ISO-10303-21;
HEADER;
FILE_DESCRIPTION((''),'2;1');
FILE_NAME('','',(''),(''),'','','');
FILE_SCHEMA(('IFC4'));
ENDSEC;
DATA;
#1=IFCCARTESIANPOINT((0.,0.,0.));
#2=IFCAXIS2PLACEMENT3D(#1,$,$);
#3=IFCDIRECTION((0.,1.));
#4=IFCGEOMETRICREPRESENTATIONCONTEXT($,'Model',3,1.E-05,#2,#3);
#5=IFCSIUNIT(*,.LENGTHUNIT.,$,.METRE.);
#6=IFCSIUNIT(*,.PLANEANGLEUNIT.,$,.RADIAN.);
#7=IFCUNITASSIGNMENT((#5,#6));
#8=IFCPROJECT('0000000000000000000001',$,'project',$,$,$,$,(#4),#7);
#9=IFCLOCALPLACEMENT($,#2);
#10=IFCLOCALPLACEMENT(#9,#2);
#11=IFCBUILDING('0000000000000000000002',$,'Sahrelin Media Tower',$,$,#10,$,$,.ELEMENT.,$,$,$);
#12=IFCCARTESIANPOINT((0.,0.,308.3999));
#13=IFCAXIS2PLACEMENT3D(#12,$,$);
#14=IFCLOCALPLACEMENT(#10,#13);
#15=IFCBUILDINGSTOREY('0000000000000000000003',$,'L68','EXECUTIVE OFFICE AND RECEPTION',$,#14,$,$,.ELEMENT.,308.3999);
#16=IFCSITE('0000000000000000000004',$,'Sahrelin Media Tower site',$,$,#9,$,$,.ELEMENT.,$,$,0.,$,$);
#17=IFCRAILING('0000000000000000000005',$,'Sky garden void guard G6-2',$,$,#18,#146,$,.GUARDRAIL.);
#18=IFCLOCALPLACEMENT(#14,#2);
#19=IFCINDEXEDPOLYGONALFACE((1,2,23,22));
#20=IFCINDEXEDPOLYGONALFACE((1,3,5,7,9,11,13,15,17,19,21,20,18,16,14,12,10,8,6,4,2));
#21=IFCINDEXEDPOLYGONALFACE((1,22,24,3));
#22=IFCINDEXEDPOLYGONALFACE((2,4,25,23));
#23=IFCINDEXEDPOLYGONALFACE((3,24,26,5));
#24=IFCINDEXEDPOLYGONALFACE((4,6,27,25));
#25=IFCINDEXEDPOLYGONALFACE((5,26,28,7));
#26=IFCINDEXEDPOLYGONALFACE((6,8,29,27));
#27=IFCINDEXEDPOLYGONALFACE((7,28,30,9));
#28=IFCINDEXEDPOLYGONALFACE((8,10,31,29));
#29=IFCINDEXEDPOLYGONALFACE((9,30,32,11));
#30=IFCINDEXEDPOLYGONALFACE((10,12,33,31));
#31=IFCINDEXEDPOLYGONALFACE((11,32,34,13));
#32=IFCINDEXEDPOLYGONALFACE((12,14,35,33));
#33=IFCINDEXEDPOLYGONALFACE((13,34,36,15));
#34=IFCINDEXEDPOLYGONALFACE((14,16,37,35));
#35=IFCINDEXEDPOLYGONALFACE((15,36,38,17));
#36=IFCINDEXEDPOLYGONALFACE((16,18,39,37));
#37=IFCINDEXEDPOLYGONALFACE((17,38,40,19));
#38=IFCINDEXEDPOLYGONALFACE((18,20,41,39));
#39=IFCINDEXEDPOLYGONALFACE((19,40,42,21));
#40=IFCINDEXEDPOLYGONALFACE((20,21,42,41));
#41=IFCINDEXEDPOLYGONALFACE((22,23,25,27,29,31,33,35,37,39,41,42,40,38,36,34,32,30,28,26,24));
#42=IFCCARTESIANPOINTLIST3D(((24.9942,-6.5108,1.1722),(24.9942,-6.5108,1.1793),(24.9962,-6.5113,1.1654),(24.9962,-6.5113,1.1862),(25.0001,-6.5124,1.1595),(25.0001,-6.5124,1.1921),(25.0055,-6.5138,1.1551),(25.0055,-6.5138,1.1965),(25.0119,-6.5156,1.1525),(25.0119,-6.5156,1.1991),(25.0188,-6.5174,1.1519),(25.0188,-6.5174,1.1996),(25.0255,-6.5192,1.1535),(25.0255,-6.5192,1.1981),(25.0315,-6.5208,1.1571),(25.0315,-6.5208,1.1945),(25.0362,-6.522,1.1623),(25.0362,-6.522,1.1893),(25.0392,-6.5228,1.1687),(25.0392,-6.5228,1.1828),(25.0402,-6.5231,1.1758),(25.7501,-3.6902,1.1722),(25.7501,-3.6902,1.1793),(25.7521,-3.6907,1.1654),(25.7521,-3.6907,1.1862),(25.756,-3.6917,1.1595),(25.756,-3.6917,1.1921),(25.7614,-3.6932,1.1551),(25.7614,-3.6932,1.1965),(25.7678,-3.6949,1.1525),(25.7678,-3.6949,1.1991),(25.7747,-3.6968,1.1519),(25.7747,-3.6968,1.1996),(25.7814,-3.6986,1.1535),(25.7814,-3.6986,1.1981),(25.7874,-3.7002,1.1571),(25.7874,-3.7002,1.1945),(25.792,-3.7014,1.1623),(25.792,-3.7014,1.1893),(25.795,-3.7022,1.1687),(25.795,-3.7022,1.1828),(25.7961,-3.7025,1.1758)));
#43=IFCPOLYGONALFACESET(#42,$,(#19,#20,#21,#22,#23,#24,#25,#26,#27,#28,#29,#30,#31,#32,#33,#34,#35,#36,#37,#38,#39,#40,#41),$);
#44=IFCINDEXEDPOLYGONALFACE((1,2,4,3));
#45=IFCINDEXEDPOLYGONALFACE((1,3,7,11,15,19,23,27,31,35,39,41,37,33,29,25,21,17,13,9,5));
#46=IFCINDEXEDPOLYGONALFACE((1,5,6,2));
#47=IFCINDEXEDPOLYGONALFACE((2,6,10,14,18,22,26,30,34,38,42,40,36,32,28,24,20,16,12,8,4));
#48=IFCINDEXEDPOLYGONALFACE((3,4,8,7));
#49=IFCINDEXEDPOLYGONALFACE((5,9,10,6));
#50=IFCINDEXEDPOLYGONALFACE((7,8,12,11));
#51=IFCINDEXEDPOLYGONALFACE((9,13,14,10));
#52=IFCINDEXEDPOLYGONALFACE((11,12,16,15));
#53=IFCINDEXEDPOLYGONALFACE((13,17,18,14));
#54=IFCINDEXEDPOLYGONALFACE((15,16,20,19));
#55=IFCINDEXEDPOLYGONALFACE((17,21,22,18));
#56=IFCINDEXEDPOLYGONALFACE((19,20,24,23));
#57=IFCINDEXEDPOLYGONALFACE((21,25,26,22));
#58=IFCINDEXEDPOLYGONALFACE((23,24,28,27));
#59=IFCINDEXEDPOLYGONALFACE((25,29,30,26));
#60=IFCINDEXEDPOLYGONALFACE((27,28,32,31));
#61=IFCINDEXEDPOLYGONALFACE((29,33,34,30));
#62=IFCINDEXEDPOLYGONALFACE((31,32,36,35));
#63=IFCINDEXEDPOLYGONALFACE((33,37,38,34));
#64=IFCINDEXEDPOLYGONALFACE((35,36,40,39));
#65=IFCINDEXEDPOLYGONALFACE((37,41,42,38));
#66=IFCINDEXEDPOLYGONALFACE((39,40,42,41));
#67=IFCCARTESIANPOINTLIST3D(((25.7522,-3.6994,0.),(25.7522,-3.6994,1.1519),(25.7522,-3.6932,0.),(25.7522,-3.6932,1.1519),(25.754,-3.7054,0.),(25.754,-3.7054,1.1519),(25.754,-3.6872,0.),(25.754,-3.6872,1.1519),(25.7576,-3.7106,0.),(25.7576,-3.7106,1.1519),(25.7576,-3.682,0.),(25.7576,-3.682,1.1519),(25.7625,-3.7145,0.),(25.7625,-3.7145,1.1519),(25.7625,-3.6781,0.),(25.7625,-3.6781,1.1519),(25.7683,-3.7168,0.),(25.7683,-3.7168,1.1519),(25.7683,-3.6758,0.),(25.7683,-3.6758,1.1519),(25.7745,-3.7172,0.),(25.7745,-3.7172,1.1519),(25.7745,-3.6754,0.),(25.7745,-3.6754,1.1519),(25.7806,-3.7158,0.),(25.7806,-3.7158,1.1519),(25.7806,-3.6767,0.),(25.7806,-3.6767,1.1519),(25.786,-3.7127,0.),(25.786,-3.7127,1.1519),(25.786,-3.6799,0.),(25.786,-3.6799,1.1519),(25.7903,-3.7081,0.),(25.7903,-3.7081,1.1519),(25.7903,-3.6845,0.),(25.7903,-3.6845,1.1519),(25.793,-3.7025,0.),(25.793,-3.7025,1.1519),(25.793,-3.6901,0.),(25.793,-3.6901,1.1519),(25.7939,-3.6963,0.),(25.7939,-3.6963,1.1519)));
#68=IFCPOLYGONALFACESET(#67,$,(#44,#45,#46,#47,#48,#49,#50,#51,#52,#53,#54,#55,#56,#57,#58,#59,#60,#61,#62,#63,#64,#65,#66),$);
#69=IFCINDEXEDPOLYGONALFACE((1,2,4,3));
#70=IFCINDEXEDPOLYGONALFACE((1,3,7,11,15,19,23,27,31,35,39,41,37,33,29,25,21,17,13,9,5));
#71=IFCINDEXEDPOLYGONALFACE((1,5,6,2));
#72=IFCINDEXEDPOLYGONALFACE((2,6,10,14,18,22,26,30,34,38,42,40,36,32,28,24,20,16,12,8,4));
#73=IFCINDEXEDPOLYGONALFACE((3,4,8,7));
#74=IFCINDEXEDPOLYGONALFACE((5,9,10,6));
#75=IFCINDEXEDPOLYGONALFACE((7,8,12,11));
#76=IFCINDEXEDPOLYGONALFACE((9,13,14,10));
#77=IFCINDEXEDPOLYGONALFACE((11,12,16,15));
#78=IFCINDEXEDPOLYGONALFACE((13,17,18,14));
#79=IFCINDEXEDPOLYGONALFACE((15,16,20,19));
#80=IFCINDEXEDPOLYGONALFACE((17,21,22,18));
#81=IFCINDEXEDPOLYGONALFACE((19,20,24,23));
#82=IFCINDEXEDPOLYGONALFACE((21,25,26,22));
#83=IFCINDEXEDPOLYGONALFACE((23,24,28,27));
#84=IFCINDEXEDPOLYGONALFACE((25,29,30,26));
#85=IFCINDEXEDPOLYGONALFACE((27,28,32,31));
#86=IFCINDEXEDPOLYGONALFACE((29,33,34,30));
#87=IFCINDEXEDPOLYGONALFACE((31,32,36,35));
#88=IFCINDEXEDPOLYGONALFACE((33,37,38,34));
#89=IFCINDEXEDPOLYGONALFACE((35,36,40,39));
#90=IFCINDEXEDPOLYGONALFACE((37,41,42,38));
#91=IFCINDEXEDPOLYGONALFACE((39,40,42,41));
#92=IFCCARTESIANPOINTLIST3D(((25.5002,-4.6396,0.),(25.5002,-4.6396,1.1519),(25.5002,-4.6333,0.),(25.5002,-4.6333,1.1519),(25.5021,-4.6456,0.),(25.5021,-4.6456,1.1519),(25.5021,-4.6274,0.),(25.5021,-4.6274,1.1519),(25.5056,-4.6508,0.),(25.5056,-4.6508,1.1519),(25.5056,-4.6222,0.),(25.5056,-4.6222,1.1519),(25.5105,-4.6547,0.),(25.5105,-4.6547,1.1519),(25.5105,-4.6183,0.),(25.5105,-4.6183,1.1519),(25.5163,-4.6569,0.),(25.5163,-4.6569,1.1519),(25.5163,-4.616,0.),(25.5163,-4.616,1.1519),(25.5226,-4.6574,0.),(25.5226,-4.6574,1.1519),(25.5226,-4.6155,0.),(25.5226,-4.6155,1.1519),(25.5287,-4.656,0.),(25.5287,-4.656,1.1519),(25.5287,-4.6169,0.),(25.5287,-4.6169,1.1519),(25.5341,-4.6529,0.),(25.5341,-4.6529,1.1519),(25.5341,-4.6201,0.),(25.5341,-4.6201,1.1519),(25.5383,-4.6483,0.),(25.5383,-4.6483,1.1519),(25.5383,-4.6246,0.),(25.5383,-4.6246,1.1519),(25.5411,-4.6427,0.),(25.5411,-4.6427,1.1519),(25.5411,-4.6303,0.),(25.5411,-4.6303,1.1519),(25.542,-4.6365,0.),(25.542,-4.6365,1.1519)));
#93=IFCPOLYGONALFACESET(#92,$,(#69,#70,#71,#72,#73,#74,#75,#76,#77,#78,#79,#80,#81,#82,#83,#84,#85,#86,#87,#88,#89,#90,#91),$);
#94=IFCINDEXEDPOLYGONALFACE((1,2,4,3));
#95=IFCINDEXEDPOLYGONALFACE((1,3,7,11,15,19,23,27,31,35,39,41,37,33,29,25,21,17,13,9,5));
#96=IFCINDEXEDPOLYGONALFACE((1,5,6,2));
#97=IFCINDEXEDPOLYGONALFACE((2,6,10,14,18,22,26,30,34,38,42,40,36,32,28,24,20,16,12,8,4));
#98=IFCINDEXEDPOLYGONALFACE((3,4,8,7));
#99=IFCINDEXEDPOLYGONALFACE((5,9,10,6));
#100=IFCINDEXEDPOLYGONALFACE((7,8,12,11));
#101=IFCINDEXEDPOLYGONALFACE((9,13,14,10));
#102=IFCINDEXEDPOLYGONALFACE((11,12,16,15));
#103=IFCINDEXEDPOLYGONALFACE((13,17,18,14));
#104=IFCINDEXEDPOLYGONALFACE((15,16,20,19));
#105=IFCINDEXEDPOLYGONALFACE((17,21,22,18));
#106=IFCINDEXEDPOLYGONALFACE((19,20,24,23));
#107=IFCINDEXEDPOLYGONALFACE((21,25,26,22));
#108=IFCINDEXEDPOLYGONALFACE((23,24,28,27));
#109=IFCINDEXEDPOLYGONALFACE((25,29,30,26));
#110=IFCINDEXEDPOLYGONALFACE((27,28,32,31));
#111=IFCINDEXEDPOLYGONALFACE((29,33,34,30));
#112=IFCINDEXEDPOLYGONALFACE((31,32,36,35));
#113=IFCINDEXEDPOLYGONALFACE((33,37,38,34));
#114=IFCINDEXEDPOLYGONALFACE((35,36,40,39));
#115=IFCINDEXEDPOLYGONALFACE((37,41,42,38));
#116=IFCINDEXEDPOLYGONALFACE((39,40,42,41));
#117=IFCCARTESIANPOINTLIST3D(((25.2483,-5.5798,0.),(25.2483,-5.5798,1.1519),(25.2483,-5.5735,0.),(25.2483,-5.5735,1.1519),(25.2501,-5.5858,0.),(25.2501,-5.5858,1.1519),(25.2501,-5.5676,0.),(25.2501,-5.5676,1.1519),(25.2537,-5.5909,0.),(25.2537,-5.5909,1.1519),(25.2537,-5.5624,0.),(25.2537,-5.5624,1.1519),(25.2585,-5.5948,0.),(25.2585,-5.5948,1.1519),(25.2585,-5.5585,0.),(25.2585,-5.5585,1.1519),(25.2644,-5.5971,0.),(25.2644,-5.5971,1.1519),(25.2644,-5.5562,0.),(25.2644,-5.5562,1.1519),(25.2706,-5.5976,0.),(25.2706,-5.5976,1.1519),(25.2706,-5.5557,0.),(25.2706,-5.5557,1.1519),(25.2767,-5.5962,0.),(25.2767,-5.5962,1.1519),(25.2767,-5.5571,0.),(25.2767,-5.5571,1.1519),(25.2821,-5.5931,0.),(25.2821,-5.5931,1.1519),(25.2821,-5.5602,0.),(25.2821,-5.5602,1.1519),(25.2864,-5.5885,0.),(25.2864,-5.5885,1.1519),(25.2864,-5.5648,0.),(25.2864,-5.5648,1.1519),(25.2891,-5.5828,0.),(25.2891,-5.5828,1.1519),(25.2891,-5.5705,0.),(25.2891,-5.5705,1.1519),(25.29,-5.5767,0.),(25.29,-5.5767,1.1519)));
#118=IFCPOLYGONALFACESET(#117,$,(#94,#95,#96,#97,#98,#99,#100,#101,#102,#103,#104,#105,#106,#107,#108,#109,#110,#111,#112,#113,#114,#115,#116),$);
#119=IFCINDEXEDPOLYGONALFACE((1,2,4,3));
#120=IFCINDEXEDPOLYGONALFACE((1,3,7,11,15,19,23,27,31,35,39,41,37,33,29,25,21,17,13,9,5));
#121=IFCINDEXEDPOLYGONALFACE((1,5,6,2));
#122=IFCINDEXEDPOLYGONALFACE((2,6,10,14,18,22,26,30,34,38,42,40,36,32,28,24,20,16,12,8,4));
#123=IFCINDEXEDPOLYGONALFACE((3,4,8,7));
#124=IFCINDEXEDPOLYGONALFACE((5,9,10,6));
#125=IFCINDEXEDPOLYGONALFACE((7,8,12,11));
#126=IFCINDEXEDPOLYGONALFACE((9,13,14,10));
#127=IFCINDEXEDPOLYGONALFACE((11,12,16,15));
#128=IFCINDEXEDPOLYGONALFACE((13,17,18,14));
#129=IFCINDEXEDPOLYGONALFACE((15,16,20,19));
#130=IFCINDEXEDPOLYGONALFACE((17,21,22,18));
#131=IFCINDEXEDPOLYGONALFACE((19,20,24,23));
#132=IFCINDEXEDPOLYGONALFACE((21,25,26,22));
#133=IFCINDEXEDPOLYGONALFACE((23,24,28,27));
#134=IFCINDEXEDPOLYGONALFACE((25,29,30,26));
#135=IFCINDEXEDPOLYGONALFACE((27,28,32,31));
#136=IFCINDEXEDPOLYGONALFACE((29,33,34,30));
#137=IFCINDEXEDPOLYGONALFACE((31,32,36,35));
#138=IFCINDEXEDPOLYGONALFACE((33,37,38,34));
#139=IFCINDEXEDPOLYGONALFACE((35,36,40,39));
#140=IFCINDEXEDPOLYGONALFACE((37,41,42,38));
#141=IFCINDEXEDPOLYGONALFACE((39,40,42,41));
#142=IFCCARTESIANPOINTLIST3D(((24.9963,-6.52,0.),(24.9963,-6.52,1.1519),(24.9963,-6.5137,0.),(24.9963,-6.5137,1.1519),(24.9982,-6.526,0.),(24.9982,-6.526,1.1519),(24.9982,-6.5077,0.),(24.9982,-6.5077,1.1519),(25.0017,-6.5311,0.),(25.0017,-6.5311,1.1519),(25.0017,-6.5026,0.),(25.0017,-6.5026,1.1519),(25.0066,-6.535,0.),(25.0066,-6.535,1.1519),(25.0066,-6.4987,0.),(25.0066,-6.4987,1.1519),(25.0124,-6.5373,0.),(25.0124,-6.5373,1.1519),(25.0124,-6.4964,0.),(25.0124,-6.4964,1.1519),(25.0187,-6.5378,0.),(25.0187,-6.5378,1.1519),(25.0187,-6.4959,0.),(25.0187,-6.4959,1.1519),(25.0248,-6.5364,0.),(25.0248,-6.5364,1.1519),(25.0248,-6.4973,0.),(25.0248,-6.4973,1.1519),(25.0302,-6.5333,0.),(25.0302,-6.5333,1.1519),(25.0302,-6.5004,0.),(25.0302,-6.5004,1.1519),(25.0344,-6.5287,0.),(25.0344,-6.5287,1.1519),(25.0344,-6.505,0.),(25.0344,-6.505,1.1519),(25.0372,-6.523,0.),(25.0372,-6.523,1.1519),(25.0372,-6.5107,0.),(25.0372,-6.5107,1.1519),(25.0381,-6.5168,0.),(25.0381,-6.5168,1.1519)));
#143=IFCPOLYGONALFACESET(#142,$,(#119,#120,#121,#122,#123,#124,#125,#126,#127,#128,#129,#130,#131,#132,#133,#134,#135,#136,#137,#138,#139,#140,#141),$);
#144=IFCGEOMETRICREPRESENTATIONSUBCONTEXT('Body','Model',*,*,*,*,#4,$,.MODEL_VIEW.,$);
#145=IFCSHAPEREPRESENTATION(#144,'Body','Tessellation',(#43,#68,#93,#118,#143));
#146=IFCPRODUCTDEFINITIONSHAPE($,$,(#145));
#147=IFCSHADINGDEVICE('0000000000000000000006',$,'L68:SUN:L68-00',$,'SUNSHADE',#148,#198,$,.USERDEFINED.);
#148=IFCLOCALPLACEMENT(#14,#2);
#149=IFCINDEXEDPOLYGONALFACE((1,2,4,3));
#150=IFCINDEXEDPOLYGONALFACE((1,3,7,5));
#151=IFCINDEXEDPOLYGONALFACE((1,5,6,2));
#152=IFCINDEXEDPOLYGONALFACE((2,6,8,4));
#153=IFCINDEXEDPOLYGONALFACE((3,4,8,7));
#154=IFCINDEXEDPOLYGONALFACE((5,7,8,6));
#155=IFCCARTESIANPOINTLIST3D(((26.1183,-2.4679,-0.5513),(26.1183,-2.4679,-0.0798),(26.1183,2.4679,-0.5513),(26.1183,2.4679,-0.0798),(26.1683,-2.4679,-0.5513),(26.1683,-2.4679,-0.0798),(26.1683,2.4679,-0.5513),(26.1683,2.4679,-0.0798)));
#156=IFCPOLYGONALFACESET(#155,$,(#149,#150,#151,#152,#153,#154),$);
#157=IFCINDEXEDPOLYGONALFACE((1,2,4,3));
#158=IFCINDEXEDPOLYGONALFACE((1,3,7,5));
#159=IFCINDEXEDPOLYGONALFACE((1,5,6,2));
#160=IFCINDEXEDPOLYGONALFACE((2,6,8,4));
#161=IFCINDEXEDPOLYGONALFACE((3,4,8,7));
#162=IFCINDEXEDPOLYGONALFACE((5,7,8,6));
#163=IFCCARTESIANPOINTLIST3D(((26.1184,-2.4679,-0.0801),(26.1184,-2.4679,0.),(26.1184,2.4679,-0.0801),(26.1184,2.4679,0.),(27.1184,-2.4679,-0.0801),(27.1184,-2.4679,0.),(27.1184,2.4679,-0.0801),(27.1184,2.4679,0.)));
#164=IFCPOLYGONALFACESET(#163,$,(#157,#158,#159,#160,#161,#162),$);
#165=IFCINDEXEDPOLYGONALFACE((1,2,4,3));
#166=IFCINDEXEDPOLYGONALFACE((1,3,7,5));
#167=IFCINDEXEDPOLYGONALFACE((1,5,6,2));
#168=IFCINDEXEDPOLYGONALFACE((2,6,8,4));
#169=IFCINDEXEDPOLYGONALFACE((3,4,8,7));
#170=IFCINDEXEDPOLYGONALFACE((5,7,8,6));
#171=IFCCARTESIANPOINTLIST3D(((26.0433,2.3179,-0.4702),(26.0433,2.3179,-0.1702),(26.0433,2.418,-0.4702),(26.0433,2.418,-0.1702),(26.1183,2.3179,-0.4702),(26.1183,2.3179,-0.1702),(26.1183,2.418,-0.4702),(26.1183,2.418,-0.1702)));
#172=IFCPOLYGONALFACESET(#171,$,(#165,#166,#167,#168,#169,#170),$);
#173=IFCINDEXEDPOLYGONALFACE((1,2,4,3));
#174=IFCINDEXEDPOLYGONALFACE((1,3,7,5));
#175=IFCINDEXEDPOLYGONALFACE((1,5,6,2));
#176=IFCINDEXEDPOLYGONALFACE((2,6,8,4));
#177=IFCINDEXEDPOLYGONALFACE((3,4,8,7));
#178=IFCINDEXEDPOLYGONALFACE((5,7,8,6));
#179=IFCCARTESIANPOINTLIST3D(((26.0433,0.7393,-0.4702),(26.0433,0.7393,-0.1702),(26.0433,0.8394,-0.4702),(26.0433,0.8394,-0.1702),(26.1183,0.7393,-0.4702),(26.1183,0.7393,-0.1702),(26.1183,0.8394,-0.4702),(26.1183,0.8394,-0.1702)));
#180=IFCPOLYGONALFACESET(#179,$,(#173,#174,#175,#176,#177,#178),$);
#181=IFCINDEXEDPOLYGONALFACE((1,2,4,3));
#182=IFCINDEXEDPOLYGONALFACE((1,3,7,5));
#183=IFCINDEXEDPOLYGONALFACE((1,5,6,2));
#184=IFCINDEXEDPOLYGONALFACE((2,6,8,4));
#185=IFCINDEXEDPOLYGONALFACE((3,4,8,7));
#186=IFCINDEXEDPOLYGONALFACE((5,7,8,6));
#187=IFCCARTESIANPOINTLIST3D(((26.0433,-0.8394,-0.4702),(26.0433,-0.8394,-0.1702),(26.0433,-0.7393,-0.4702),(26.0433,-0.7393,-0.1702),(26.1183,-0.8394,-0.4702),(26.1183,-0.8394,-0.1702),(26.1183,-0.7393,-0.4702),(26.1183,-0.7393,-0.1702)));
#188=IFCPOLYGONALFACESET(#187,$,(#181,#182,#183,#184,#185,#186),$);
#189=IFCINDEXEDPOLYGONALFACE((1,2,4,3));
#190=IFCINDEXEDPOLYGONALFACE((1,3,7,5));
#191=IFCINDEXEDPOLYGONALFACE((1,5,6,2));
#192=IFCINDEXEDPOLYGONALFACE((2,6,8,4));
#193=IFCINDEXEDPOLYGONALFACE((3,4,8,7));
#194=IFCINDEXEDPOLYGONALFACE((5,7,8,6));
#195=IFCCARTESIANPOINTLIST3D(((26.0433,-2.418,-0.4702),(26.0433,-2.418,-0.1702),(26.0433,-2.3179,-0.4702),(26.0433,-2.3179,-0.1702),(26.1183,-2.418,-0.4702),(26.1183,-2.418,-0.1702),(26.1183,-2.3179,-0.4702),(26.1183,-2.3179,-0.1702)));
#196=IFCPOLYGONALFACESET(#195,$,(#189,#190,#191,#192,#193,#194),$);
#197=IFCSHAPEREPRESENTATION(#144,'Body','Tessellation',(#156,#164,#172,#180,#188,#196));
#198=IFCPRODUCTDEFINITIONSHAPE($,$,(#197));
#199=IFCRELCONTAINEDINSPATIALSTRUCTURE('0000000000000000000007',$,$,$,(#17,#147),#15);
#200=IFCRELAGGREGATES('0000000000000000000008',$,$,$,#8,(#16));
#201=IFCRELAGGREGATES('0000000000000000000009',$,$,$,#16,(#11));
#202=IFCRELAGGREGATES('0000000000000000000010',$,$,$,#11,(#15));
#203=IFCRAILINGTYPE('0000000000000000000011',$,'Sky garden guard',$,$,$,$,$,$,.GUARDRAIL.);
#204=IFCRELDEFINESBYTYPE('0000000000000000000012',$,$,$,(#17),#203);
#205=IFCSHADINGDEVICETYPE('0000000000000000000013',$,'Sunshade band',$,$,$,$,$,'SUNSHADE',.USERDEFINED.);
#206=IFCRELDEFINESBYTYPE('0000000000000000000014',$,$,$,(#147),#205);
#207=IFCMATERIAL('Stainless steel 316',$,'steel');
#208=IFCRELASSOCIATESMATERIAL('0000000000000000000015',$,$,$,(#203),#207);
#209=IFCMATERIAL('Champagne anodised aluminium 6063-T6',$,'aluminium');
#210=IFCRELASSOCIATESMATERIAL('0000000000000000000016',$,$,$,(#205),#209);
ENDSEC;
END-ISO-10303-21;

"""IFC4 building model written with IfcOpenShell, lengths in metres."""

from ifc_helpers import new_model, si_unit, direction, frame, origin, origin_2d, place, context, subcontext, project, spatial, rectangle, circle, extrude, material, type_object, element, save


model = new_model("IFC4")

# Units and contexts
model_context = context("Model", 3, precision=1e-05, world=origin(), true_north=direction((0.0, 1.0)))
body_context = subcontext(model_context, "Body", "Model", "MODEL_VIEW")
ifc_project = project(units=[si_unit("LENGTHUNIT", "METRE"), si_unit("PLANEANGLEUNIT", "RADIAN")], contexts=[model_context])

# Site, building, storey
site_placement = place(None, origin())
site = spatial("IfcSite", under=ifc_project, at=site_placement, Name="Sahrelin Media Tower site", CompositionType="ELEMENT", RefElevation=0.0)
building_placement = place(site_placement, origin())
building = spatial("IfcBuilding", under=site, at=building_placement, Name="Sahrelin Media Tower", CompositionType="ELEMENT")
storey_placement = place(building_placement, frame((0.0, 0.0, 308.3999)))
storey = spatial("IfcBuildingStorey", under=building, at=storey_placement, Name="L68", Description="EXECUTIVE OFFICE AND RECEPTION", CompositionType="ELEMENT", Elevation=308.3999)

# Shared definitions
ifc_material_1 = material(Name="Champagne anodised aluminium 6063-T6", Category="aluminium")

# Railing
ifc_material_2 = material(Name="Stainless steel 316", Category="steel")
railing_type = type_object("IfcRailingType", Name="Sky garden guard", PredefinedType="GUARDRAIL", material=ifc_material_2)
railing_placement = place(storey_placement, frame((25.7729, -3.6963, 0.0)))
element("IfcRailing", 1, at=railing_placement, inside=storey, type_object=railing_type, Name="Sky garden void guard G6-2", PredefinedType="GUARDRAIL", context=body_context, shape_type="SweptSolid", body=[
    extrude(circle(Radius=0.0239, at=origin_2d()), frame((0.0, 0.0, 1.1758), z_axis=(-0.258849, -0.965918, 0.0), x_axis=(0.965918, -0.258849, 0.0)), (0.0, 0.0, 1.0), 2.9202),
    extrude(circle(Radius=0.021, at=origin_2d()), origin(), (0.0, 0.0, 1.0), 1.1519),
    extrude(circle(Radius=0.021, at=origin_2d()), frame((-0.252, -0.9402, 0.0)), (0.0, 0.0, 1.0), 1.1519),
    extrude(circle(Radius=0.021, at=origin_2d()), frame((-0.5039, -1.8804, 0.0)), (0.0, 0.0, 1.0), 1.1519),
    extrude(circle(Radius=0.021, at=origin_2d()), frame((-0.7559, -2.8206, 0.0)), (0.0, 0.0, 1.0), 1.1519),
])

# Shading device
shading_device_type_1 = type_object("IfcShadingDeviceType", Name="Sunshade band", ElementType="SUNSHADE", PredefinedType="USERDEFINED", material=ifc_material_1)
shading_device_1_placement = place(storey_placement, frame((26.0984, 0.0, 0.0), z_axis=(0.0, 0.0, 1.0), x_axis=(0.0, -1.0, 0.0)))
element("IfcShadingDevice", 2, at=shading_device_1_placement, inside=storey, type_object=shading_device_type_1, Name="L68:SUN:L68-00", ObjectType="SUNSHADE", PredefinedType="USERDEFINED", context=body_context, shape_type="SweptSolid", body=[
    extrude(rectangle(XDim=4.9358, YDim=0.05, at=origin_2d()), frame((0.0, 0.0449, -0.5513)), (0.0, 0.0, 1.0), 0.4714),
    extrude(rectangle(XDim=4.9358, YDim=1.0, at=origin_2d()), frame((0.0, 0.52, -0.0801)), (0.0, 0.0, 1.0), 0.0801),
    extrude(rectangle(XDim=0.1001, YDim=0.075, at=origin_2d()), frame((-2.3679, -0.0176, -0.4702)), (0.0, 0.0, 1.0), 0.3),
    extrude(rectangle(XDim=0.1001, YDim=0.075, at=origin_2d()), frame((-0.7893, -0.0176, -0.4702)), (0.0, 0.0, 1.0), 0.3),
    extrude(rectangle(XDim=0.1001, YDim=0.075, at=origin_2d()), frame((0.7893, -0.0176, -0.4702)), (0.0, 0.0, 1.0), 0.3),
    extrude(rectangle(XDim=0.1001, YDim=0.075, at=origin_2d()), frame((2.3679, -0.0176, -0.4702)), (0.0, 0.0, 1.0), 0.3),
])

save(model, "model.ifc")
